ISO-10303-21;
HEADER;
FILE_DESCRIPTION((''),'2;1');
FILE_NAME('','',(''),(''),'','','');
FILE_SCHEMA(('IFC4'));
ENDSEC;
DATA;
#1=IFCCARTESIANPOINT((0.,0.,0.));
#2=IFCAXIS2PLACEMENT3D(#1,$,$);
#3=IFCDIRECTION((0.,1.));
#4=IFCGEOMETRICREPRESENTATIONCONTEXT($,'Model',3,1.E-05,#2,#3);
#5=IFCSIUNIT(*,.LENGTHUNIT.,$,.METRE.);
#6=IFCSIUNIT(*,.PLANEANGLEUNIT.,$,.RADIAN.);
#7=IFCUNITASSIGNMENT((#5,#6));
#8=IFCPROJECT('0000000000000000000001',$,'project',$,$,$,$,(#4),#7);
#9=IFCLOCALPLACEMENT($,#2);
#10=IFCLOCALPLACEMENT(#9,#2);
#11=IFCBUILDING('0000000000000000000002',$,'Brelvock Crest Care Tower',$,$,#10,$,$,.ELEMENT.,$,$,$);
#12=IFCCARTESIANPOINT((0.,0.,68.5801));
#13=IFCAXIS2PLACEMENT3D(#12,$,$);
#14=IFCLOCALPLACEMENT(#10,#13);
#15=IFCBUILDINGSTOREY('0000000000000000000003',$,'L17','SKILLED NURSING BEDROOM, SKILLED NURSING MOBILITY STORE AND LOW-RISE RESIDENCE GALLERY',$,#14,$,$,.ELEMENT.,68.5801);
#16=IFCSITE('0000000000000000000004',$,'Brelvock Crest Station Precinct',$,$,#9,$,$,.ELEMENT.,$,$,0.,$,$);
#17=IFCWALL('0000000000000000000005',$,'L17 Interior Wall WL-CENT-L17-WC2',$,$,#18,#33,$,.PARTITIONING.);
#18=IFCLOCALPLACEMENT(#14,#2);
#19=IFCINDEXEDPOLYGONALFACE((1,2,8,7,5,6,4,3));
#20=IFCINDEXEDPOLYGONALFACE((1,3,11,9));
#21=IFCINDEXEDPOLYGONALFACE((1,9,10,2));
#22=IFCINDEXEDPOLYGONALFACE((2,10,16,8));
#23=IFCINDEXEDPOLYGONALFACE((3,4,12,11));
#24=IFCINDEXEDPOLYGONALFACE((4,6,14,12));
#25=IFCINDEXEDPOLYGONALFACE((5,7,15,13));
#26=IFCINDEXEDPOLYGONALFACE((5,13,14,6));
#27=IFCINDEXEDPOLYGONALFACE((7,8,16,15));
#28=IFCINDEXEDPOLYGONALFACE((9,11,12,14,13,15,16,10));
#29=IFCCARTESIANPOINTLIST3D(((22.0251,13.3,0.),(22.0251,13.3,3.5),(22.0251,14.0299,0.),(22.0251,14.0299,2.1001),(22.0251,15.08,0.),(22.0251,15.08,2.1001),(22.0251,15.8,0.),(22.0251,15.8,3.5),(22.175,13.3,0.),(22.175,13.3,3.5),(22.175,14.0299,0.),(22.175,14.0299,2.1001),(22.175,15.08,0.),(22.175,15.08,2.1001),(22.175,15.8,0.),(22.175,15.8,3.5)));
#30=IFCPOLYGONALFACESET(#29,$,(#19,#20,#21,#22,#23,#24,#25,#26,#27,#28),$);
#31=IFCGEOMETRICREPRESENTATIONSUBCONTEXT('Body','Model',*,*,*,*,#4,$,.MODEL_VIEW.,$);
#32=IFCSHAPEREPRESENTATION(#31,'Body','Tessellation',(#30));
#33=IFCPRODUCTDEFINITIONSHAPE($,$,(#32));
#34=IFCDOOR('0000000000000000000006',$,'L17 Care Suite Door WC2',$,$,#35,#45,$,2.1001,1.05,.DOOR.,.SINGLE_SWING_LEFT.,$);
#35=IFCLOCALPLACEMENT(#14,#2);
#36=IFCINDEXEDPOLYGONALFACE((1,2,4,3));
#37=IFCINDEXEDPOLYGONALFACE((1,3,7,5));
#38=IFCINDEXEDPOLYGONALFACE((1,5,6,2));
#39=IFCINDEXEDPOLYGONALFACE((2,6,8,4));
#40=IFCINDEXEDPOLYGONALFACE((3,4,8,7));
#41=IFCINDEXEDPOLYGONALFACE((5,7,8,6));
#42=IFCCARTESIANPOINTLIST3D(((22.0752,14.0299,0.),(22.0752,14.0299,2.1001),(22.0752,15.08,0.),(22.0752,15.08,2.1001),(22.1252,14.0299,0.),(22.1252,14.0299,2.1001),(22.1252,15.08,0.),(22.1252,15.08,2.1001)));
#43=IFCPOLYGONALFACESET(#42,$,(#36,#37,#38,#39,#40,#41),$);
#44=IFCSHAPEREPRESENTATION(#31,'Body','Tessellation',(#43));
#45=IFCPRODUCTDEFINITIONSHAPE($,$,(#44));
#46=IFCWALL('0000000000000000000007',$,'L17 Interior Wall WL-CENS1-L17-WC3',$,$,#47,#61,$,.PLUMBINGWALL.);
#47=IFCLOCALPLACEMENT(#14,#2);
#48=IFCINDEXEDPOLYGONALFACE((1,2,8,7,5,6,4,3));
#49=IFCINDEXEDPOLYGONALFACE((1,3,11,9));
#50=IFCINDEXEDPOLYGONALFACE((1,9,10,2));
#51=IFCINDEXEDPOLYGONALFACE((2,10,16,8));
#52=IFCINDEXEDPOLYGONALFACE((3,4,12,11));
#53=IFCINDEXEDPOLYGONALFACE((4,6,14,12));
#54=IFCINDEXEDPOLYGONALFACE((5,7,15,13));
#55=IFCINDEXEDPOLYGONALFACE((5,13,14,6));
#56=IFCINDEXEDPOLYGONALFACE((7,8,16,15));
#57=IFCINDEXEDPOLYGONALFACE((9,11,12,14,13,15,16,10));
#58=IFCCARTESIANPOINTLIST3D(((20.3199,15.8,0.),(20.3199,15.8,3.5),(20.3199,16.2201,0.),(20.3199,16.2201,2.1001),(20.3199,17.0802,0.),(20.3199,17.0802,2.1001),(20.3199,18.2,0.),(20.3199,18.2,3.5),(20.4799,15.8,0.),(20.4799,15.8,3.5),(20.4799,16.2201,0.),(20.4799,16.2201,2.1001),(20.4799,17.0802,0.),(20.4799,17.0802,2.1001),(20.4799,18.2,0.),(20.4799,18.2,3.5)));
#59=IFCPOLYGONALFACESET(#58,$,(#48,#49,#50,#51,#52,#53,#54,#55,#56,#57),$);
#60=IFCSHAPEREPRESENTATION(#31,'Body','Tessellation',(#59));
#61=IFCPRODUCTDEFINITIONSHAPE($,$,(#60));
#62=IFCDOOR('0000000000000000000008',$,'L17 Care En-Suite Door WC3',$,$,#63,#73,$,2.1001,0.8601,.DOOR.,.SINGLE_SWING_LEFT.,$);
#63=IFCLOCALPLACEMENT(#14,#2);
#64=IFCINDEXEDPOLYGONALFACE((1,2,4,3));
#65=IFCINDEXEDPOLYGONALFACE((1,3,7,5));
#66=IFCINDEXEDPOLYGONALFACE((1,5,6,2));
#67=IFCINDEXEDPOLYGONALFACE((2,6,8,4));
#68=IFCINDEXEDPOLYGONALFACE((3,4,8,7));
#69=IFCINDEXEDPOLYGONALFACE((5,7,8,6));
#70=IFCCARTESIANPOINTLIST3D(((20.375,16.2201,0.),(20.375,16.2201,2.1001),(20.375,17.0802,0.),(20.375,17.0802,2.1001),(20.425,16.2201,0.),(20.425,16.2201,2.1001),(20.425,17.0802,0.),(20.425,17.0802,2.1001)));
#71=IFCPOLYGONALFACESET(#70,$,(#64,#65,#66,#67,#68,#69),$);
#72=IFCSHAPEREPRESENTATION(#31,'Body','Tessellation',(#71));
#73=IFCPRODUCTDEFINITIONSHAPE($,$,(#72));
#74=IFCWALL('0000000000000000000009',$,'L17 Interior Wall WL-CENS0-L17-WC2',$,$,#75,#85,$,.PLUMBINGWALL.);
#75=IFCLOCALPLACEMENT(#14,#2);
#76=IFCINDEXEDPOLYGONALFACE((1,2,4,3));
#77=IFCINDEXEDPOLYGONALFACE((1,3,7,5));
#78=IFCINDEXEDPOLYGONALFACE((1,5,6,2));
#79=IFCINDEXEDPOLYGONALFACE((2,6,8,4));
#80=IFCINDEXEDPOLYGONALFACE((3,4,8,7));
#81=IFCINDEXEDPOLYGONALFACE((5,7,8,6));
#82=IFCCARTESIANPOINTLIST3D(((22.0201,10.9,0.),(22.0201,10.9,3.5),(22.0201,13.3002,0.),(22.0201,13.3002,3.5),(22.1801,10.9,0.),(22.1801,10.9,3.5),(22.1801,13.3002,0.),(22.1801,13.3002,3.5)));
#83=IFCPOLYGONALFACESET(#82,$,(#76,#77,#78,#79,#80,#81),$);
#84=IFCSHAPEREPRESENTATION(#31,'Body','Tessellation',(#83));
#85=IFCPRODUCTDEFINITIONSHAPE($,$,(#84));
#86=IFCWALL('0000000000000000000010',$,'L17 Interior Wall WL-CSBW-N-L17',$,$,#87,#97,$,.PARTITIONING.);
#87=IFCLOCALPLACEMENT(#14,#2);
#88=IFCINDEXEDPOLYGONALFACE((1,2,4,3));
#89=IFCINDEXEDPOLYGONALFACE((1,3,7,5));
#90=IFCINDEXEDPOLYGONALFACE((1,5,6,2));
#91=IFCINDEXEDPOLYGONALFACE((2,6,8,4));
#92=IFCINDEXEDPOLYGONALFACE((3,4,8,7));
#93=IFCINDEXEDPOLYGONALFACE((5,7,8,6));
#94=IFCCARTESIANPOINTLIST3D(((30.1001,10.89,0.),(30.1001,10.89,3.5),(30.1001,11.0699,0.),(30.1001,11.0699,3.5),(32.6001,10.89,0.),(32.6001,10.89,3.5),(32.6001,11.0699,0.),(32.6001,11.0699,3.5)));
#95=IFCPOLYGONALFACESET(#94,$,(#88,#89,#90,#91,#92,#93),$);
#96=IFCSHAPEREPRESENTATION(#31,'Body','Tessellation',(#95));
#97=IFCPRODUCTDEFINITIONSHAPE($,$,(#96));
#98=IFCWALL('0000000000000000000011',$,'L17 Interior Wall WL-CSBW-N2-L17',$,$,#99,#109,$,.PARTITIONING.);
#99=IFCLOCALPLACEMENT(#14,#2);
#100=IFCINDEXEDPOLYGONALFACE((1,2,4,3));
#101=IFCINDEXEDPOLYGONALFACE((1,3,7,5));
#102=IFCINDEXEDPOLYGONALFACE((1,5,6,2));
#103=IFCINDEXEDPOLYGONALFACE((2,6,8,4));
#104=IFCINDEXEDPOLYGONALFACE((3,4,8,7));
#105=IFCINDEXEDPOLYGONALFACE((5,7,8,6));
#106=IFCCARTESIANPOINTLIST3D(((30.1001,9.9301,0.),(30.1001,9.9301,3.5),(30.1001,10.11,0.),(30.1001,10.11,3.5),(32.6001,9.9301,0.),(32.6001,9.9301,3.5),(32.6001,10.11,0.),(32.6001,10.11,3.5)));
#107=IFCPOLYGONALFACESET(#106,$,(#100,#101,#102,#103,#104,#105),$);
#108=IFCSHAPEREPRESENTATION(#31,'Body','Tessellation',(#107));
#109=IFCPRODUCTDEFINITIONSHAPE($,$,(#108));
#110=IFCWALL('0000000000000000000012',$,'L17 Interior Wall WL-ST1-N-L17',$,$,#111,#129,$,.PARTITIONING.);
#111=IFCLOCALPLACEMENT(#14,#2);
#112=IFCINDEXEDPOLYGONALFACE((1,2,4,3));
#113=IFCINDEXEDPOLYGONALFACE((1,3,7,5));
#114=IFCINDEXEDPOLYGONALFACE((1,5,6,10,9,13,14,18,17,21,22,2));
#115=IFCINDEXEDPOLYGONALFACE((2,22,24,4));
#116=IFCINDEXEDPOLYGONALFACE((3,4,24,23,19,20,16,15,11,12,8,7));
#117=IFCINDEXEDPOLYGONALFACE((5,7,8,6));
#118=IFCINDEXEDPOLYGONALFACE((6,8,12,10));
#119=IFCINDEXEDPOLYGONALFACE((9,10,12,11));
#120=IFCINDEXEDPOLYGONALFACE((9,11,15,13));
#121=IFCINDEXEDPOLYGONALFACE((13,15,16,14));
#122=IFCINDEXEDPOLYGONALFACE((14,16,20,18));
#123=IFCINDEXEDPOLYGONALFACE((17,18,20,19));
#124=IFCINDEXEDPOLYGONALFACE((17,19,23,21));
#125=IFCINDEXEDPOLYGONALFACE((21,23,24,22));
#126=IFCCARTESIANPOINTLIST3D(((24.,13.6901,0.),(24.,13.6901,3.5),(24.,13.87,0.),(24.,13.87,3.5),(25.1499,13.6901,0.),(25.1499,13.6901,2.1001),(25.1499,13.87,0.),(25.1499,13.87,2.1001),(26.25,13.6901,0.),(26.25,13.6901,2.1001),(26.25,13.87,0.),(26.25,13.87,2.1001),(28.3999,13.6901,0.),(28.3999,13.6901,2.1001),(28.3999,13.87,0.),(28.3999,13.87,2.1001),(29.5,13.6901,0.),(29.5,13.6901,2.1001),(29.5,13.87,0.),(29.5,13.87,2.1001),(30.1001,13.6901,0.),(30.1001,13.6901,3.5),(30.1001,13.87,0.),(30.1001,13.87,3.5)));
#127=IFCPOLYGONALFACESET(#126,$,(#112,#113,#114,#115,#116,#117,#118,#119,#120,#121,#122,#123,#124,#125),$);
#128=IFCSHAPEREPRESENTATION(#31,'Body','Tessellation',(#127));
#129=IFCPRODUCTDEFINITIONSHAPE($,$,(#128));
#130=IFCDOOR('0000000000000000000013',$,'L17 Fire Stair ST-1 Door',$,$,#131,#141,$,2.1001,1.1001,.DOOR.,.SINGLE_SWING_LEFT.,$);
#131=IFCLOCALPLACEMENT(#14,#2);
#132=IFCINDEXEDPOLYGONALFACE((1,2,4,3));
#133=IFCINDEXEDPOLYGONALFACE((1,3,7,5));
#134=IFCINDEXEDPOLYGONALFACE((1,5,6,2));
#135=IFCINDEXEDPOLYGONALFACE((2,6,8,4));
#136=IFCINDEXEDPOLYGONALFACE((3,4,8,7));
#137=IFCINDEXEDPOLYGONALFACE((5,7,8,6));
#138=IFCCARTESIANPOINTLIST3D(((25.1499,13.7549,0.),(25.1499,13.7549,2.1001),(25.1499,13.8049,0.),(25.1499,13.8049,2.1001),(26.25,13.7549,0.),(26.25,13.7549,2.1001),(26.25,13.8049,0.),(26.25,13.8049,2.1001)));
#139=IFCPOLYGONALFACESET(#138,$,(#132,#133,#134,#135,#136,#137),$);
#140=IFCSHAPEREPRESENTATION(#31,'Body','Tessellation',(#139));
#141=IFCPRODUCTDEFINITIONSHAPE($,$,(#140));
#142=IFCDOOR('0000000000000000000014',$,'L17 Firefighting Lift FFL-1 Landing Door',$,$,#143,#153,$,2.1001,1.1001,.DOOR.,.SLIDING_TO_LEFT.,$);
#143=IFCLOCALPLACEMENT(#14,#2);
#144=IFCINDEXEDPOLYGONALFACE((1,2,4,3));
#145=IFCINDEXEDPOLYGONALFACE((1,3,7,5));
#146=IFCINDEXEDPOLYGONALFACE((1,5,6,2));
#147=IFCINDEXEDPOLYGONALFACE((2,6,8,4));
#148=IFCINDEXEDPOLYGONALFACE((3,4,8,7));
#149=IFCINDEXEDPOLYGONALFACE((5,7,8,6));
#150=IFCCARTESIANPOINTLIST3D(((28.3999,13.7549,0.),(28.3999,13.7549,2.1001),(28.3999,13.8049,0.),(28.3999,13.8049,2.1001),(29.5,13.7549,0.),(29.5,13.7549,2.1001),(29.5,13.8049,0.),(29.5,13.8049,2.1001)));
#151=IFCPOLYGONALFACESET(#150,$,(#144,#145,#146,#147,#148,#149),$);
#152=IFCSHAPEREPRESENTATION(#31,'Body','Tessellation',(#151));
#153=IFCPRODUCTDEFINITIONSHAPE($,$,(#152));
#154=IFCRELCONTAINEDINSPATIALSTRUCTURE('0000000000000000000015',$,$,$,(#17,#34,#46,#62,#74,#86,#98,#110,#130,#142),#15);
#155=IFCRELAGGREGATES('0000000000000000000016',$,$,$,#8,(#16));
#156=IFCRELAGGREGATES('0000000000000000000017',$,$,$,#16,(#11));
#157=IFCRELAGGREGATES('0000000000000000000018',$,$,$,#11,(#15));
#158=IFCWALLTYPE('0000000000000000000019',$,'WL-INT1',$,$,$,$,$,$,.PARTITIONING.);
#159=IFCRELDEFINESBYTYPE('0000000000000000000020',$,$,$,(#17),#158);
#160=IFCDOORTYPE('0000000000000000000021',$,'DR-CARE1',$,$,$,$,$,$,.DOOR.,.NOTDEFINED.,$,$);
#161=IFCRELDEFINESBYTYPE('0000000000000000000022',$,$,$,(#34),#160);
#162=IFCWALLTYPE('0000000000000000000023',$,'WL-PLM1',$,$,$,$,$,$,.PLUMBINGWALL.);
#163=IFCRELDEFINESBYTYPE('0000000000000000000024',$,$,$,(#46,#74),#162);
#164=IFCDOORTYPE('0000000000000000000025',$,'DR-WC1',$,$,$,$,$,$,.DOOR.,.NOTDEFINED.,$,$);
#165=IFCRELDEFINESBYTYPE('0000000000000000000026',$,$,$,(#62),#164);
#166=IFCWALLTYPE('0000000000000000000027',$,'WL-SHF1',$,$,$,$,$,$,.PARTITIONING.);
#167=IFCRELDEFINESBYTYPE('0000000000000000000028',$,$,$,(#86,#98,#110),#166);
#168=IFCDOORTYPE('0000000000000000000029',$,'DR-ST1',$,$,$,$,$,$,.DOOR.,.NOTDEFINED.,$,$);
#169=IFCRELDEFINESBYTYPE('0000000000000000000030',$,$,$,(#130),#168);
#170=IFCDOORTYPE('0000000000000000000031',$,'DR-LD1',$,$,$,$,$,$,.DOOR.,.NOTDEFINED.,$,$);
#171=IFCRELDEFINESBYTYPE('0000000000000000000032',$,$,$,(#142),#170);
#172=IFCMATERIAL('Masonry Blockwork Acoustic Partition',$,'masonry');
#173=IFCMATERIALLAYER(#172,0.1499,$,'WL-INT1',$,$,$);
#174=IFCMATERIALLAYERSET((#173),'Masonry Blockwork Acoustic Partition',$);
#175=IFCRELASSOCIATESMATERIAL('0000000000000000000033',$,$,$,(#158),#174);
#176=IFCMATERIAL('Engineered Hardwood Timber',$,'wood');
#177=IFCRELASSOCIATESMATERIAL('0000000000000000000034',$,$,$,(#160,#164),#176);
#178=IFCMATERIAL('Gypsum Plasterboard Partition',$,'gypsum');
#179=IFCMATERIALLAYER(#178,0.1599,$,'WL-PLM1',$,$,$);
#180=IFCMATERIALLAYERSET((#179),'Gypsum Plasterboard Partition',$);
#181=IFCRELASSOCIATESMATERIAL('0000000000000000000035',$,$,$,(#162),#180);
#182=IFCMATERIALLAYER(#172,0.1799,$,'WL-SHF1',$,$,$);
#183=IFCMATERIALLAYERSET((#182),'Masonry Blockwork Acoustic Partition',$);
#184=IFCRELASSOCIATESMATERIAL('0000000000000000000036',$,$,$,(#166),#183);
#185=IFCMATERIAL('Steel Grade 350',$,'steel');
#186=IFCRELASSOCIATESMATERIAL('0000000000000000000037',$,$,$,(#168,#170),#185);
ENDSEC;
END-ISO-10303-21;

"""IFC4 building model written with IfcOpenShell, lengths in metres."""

from ifc_helpers import new_model, si_unit, direction, frame, frame_2d, origin, origin_2d, place, context, subcontext, project, spatial, rectangle, extrude, source, transform, mapped, material, layer, layer_set, type_object, element, fill, save


model = new_model("IFC4")

# Units and contexts
model_context = context("Model", 3, precision=1e-05, world=origin(), true_north=direction((0.0, 1.0)))
body_context = subcontext(model_context, "Body", "Model", "MODEL_VIEW")
ifc_project = project(units=[si_unit("LENGTHUNIT", "METRE"), si_unit("PLANEANGLEUNIT", "RADIAN")], contexts=[model_context])

# Site, building, storey
site_placement = place(None, origin())
site = spatial("IfcSite", under=ifc_project, at=site_placement, Name="Brelvock Crest Station Precinct", CompositionType="ELEMENT", RefElevation=0.0)
building_placement = place(site_placement, origin())
building = spatial("IfcBuilding", under=site, at=building_placement, Name="Brelvock Crest Care Tower", CompositionType="ELEMENT")
storey_placement = place(building_placement, frame((0.0, 0.0, 68.5801)))
storey = spatial("IfcBuildingStorey", under=building, at=storey_placement, Name="L17", Description="SKILLED NURSING BEDROOM, SKILLED NURSING MOBILITY STORE AND LOW-RISE RESIDENCE GALLERY", CompositionType="ELEMENT", Elevation=68.5801)

# Walls, openings, doors
ifc_material_1 = material(Name="Masonry Blockwork Acoustic Partition", Category="masonry")
ifc_layer_1 = layer(ifc_material_1, 0.1499, Name="WL-INT1")
ifc_layer_set_1 = layer_set([ifc_layer_1], Name="Masonry Blockwork Acoustic Partition")
wall_type_1 = type_object("IfcWallType", Name="WL-INT1", PredefinedType="PARTITIONING", material=ifc_layer_set_1)
wall_1_placement = place(storey_placement, frame((22.1001, 13.3, 0.0), z_axis=(0.0, 0.0, 1.0), x_axis=(0.0, 1.0, 0.0)))
wall_1 = element("IfcWall", 1, at=wall_1_placement, inside=storey, type_object=wall_type_1, Name="L17 Interior Wall WL-CENT-L17-WC2", PredefinedType="PARTITIONING", context=body_context, shape_type="SweptSolid", body=[
    extrude(rectangle(XDim=2.5, YDim=0.1499, at=frame_2d((1.25, 0.0))), origin(), (0.0, 0.0, 1.0), 3.5),
])
opening_1_placement = place(wall_1_placement, frame((0.73, 0.0, 0.0)))
opening_1 = element("IfcOpeningElement", 2, at=opening_1_placement, cuts=wall_1, PredefinedType="OPENING", context=body_context, shape_type="SweptSolid", body=[
    extrude(rectangle(XDim=1.05, YDim=2.1001, at=origin_2d()), frame((0.5249, 0.085, 1.05), z_axis=(0.0, -1.0, 0.0), x_axis=(1.0, 0.0, 0.0)), (0.0, 0.0, 1.0), 0.1699),
])
ifc_material_2 = material(Name="Engineered Hardwood Timber", Category="wood")
door_type_1 = type_object("IfcDoorType", Name="DR-CARE1", OperationType="NOTDEFINED", PredefinedType="DOOR", material=ifc_material_2)
shared_shape_1 = source(origin(), body_context, "Body", "SweptSolid", [
    extrude(rectangle(XDim=1.05, YDim=2.1001, at=origin_2d()), frame((0.5249, 0.0249, 1.05), z_axis=(0.0, -1.0, 0.0), x_axis=(1.0, 0.0, 0.0)), (0.0, 0.0, 1.0), 0.05),
])
door_1_placement = place(opening_1_placement, origin())
door_1 = element("IfcDoor", 3, at=door_1_placement, inside=storey, type_object=door_type_1, Name="L17 Care Suite Door WC2", OperationType="SINGLE_SWING_LEFT", OverallHeight=2.1001, OverallWidth=1.05, PredefinedType="DOOR", context=body_context, shape_type="MappedRepresentation", body=[
    mapped(shared_shape_1, transform((0.0, 0.0, 0.0), x_axis=(1.0, 0.0, 0.0), y_axis=(0.0, 1.0, 0.0), z_axis=(0.0, 0.0, 1.0), scale=1.0)),
])
fill(opening_1, door_1)
ifc_material_3 = material(Name="Gypsum Plasterboard Partition", Category="gypsum")
ifc_layer_2 = layer(ifc_material_3, 0.1599, Name="WL-PLM1")
ifc_layer_set_2 = layer_set([ifc_layer_2], Name="Gypsum Plasterboard Partition")
wall_type_2 = type_object("IfcWallType", Name="WL-PLM1", PredefinedType="PLUMBINGWALL", material=ifc_layer_set_2)
wall_2_placement = place(storey_placement, frame((20.3999, 15.8, 0.0), z_axis=(0.0, 0.0, 1.0), x_axis=(0.0, 1.0, 0.0)))
wall_2 = element("IfcWall", 4, at=wall_2_placement, inside=storey, type_object=wall_type_2, Name="L17 Interior Wall WL-CENS1-L17-WC3", PredefinedType="PLUMBINGWALL", context=body_context, shape_type="SweptSolid", body=[
    extrude(rectangle(XDim=2.3999, YDim=0.1599, at=frame_2d((1.2, 0.0))), origin(), (0.0, 0.0, 1.0), 3.5),
])
opening_2_placement = place(wall_2_placement, frame((0.4199, 0.0, 0.0)))
opening_2 = element("IfcOpeningElement", 5, at=opening_2_placement, cuts=wall_2, PredefinedType="OPENING", context=body_context, shape_type="SweptSolid", body=[
    extrude(rectangle(XDim=0.8601, YDim=2.1001, at=origin_2d()), frame((0.4302, 0.0898, 1.05), z_axis=(0.0, -1.0, 0.0), x_axis=(1.0, 0.0, 0.0)), (0.0, 0.0, 1.0), 0.1799),
])
door_type_2 = type_object("IfcDoorType", Name="DR-WC1", OperationType="NOTDEFINED", PredefinedType="DOOR", material=ifc_material_2)
shared_shape_2 = source(origin(), body_context, "Body", "SweptSolid", [
    extrude(rectangle(XDim=0.8601, YDim=2.1001, at=origin_2d()), frame((0.4302, 0.0249, 1.05), z_axis=(0.0, -1.0, 0.0), x_axis=(1.0, 0.0, 0.0)), (0.0, 0.0, 1.0), 0.05),
])
door_2_placement = place(opening_2_placement, origin())
door_2 = element("IfcDoor", 6, at=door_2_placement, inside=storey, type_object=door_type_2, Name="L17 Care En-Suite Door WC3", OperationType="SINGLE_SWING_LEFT", OverallHeight=2.1001, OverallWidth=0.8601, PredefinedType="DOOR", context=body_context, shape_type="MappedRepresentation", body=[
    mapped(shared_shape_2, transform((0.0, 0.0, 0.0), x_axis=(1.0, 0.0, 0.0), y_axis=(0.0, 1.0, 0.0), z_axis=(0.0, 0.0, 1.0), scale=1.0)),
])
fill(opening_2, door_2)

# Walls
wall_3_placement = place(storey_placement, frame((22.1001, 10.8999, 0.0), z_axis=(0.0, 0.0, 1.0), x_axis=(0.0, 1.0, 0.0)))
element("IfcWall", 7, at=wall_3_placement, inside=storey, type_object=wall_type_2, Name="L17 Interior Wall WL-CENS0-L17-WC2", PredefinedType="PLUMBINGWALL", context=body_context, shape_type="SweptSolid", body=[
    extrude(rectangle(XDim=2.4001, YDim=0.1599, at=frame_2d((1.2002, 0.0))), origin(), (0.0, 0.0, 1.0), 3.5),
])
ifc_layer_3 = layer(ifc_material_1, 0.1799, Name="WL-SHF1")
ifc_layer_set_3 = layer_set([ifc_layer_3], Name="Masonry Blockwork Acoustic Partition")
wall_type_3 = type_object("IfcWallType", Name="WL-SHF1", PredefinedType="PARTITIONING", material=ifc_layer_set_3)
for number, where, z_axis, x_axis, name in (
    (8, (30.1001, 10.98, 0.0), (0.0, 0.0, 1.0), (1.0, 0.0, 0.0), "L17 Interior Wall WL-CSBW-N-L17"),
    (9, (30.1001, 10.02, 0.0), (0.0, 0.0, 1.0), (1.0, 0.0, 0.0), "L17 Interior Wall WL-CSBW-N2-L17"),
):
    element("IfcWall", number, at=place(storey_placement, frame(where, z_axis=z_axis, x_axis=x_axis)), inside=storey, type_object=wall_type_3, Name=name, PredefinedType="PARTITIONING", context=body_context, shape_type="SweptSolid", body=[
        extrude(rectangle(XDim=2.5, YDim=0.1799, at=frame_2d((1.25, 0.0))), origin(), (0.0, 0.0, 1.0), 3.5),
    ])

# Wall, openings, doors
wall_4_placement = place(storey_placement, frame((24.0, 13.78, 0.0), z_axis=(0.0, 0.0, 1.0), x_axis=(1.0, 0.0, 0.0)))
wall_4 = element("IfcWall", 10, at=wall_4_placement, inside=storey, type_object=wall_type_3, Name="L17 Interior Wall WL-ST1-N-L17", PredefinedType="PARTITIONING", context=body_context, shape_type="SweptSolid", body=[
    extrude(rectangle(XDim=6.1001, YDim=0.1799, at=frame_2d((3.05, 0.0))), origin(), (0.0, 0.0, 1.0), 3.5),
])
opening_3_placement = place(wall_4_placement, frame((1.1499, 0.0, 0.0)))
opening_3 = element("IfcOpeningElement", 11, at=opening_3_placement, cuts=wall_4, PredefinedType="OPENING", context=body_context, shape_type="SweptSolid", body=[
    extrude(rectangle(XDim=1.1001, YDim=2.1001, at=origin_2d()), frame((0.55, 0.1001, 1.05), z_axis=(0.0, -1.0, 0.0), x_axis=(1.0, 0.0, 0.0)), (0.0, 0.0, 1.0), 0.2),
])
opening_4_placement = place(wall_4_placement, frame((4.3999, 0.0, 0.0)))
opening_4 = element("IfcOpeningElement", 12, at=opening_4_placement, cuts=wall_4, PredefinedType="OPENING", context=body_context, shape_type="SweptSolid", body=[
    extrude(rectangle(XDim=1.1001, YDim=2.1001, at=origin_2d()), frame((0.55, 0.1001, 1.05), z_axis=(0.0, -1.0, 0.0), x_axis=(1.0, 0.0, 0.0)), (0.0, 0.0, 1.0), 0.2),
])
ifc_material_4 = material(Name="Steel Grade 350", Category="steel")
door_type_3 = type_object("IfcDoorType", Name="DR-ST1", OperationType="NOTDEFINED", PredefinedType="DOOR", material=ifc_material_4)
shared_shape_3 = source(origin(), body_context, "Body", "SweptSolid", [
    extrude(rectangle(XDim=1.1001, YDim=2.1001, at=origin_2d()), frame((0.55, 0.0249, 1.05), z_axis=(0.0, -1.0, 0.0), x_axis=(1.0, 0.0, 0.0)), (0.0, 0.0, 1.0), 0.05),
])
door_3_placement = place(opening_3_placement, origin())
door_3 = element("IfcDoor", 13, at=door_3_placement, inside=storey, type_object=door_type_3, Name="L17 Fire Stair ST-1 Door", OperationType="SINGLE_SWING_LEFT", OverallHeight=2.1001, OverallWidth=1.1001, PredefinedType="DOOR", context=body_context, shape_type="MappedRepresentation", body=[
    mapped(shared_shape_3, transform((0.0, 0.0, 0.0), x_axis=(1.0, 0.0, 0.0), y_axis=(0.0, 1.0, 0.0), z_axis=(0.0, 0.0, 1.0), scale=1.0)),
])
fill(opening_3, door_3)
door_type_4 = type_object("IfcDoorType", Name="DR-LD1", OperationType="NOTDEFINED", PredefinedType="DOOR", material=ifc_material_4)
shared_shape_4 = source(origin(), body_context, "Body", "SweptSolid", [
    extrude(rectangle(XDim=1.1001, YDim=2.1001, at=origin_2d()), frame((0.55, 0.0249, 1.05), z_axis=(0.0, -1.0, 0.0), x_axis=(1.0, 0.0, 0.0)), (0.0, 0.0, 1.0), 0.05),
])
door_4_placement = place(opening_4_placement, origin())
door_4 = element("IfcDoor", 14, at=door_4_placement, inside=storey, type_object=door_type_4, Name="L17 Firefighting Lift FFL-1 Landing Door", OperationType="SLIDING_TO_LEFT", OverallHeight=2.1001, OverallWidth=1.1001, PredefinedType="DOOR", context=body_context, shape_type="MappedRepresentation", body=[
    mapped(shared_shape_4, transform((0.0, 0.0, 0.0), x_axis=(1.0, 0.0, 0.0), y_axis=(0.0, 1.0, 0.0), z_axis=(0.0, 0.0, 1.0), scale=1.0)),
])
fill(opening_4, door_4)

save(model, "model.ifc")
